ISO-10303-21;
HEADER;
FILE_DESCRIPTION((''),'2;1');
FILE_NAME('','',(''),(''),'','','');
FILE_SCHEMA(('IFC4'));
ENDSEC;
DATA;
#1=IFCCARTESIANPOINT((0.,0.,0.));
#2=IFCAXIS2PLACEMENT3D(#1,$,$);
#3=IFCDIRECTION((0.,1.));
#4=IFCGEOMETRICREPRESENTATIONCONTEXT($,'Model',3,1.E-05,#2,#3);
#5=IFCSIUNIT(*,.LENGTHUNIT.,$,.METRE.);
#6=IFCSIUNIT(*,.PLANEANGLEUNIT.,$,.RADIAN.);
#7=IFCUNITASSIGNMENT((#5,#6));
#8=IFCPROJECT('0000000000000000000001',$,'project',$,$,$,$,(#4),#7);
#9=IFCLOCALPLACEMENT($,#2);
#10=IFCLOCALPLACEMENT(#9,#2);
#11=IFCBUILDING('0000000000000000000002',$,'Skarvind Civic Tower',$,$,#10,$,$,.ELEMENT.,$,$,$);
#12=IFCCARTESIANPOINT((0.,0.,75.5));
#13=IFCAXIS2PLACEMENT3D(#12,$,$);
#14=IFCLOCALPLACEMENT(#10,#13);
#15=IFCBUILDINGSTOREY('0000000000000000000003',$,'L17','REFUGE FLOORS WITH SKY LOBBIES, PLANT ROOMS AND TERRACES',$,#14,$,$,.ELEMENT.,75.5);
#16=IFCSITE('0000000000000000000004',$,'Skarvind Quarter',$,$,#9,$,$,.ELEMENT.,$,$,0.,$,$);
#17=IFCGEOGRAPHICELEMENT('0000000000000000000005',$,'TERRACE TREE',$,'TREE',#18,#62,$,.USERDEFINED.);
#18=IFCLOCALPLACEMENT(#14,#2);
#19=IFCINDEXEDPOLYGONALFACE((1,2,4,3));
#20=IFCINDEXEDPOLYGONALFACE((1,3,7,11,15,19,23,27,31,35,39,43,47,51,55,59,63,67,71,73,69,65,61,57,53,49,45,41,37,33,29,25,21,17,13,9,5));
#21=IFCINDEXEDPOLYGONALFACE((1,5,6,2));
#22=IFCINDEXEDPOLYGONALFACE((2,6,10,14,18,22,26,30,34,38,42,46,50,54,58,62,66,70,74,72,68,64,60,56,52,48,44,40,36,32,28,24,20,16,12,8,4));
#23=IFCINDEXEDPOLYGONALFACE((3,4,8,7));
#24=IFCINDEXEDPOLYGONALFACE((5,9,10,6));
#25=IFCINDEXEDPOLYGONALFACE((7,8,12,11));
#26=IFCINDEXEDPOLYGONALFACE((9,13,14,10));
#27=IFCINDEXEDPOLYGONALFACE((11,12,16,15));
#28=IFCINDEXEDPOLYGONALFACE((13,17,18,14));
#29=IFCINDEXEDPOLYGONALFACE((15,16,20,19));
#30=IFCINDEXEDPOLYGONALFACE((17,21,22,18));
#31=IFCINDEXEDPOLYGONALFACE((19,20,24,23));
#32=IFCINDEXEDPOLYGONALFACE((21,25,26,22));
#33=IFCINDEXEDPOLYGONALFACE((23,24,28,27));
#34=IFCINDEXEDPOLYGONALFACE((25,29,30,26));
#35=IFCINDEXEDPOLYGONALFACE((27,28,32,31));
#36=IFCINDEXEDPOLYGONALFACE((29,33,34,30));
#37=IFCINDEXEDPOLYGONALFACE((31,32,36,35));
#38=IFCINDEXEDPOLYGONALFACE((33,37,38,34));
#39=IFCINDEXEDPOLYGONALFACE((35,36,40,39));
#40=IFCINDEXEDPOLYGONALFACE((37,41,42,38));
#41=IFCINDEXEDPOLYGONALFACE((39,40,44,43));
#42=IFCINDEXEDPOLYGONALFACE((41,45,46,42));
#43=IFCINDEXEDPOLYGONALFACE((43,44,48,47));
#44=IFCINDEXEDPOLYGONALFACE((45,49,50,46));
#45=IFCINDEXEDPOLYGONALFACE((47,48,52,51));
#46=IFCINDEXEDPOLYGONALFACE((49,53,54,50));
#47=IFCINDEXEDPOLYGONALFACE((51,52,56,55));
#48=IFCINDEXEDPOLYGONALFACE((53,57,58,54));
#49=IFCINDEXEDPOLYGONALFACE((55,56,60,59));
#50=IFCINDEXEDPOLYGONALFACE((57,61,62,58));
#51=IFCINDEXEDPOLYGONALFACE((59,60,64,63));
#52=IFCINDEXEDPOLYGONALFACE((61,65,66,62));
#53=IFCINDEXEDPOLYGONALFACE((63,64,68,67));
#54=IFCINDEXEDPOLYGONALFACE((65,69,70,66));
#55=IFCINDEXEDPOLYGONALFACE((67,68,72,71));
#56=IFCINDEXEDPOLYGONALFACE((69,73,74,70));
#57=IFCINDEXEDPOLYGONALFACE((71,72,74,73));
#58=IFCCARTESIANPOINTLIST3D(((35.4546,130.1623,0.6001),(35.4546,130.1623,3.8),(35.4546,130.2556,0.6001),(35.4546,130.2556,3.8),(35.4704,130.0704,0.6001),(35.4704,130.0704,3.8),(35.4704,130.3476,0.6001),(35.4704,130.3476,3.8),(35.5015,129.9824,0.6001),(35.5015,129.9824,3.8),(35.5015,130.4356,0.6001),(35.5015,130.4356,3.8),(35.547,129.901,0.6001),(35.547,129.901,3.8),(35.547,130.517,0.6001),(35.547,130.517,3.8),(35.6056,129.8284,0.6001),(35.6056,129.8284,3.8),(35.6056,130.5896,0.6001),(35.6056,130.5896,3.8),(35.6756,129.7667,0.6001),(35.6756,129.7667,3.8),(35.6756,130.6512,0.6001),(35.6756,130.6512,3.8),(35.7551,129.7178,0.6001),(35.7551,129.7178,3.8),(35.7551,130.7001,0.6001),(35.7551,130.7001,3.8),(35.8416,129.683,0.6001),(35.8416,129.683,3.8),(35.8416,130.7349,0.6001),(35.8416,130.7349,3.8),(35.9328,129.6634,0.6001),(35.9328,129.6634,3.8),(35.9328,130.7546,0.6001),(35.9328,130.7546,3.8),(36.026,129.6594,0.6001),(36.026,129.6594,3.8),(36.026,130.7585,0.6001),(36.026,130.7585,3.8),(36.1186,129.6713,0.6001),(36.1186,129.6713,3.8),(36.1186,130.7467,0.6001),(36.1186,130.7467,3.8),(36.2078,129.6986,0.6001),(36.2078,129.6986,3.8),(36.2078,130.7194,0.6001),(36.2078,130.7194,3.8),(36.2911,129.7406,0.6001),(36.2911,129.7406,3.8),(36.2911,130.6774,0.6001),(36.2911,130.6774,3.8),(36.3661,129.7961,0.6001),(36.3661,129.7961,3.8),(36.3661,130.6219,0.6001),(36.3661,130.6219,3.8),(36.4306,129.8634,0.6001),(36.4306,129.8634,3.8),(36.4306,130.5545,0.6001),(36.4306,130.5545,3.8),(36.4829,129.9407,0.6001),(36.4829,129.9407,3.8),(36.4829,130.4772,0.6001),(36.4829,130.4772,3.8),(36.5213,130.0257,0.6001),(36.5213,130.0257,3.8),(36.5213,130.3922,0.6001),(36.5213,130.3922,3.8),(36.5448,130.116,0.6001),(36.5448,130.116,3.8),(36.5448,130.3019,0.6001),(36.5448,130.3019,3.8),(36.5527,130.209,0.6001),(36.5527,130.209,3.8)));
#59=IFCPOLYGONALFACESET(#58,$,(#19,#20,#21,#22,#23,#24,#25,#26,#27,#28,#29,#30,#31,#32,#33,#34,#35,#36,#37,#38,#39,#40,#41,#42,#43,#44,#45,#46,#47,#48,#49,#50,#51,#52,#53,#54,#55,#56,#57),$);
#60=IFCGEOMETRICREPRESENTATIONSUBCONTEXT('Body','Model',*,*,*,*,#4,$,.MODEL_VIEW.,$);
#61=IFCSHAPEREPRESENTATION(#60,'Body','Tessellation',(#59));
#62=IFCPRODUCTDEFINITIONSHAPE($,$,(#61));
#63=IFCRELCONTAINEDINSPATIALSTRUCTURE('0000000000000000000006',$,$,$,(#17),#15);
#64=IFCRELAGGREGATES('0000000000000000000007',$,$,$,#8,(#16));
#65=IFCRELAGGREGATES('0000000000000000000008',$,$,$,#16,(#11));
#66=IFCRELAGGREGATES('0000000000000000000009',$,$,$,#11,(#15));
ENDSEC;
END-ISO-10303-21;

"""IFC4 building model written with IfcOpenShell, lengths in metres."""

from ifc_helpers import new_model, si_unit, direction, frame, origin, origin_2d, place, context, subcontext, project, spatial, circle, extrude, element, save


model = new_model("IFC4")

# Units and contexts
model_context = context("Model", 3, precision=1e-05, world=origin(), true_north=direction((0.0, 1.0)))
body_context = subcontext(model_context, "Body", "Model", "MODEL_VIEW")
ifc_project = project(units=[si_unit("LENGTHUNIT", "METRE"), si_unit("PLANEANGLEUNIT", "RADIAN")], contexts=[model_context])

# Site, building, storey
site_placement = place(None, origin())
site = spatial("IfcSite", under=ifc_project, at=site_placement, Name="Skarvind Quarter", CompositionType="ELEMENT", RefElevation=0.0)
building_placement = place(site_placement, origin())
building = spatial("IfcBuilding", under=site, at=building_placement, Name="Skarvind Civic Tower", CompositionType="ELEMENT")
storey_placement = place(building_placement, frame((0.0, 0.0, 75.5)))
storey = spatial("IfcBuildingStorey", under=building, at=storey_placement, Name="L17", Description="REFUGE FLOORS WITH SKY LOBBIES, PLANT ROOMS AND TERRACES", CompositionType="ELEMENT", Elevation=75.5)

# Geographic element
for number, where, z_axis, x_axis, name in (
    (1, (36.0027, 130.209, 0.6001), (0.0, 0.0, 1.0), (1.0, 0.0, 0.0), "TERRACE TREE"),
):
    element("IfcGeographicElement", number, at=place(storey_placement, frame(where, z_axis=z_axis, x_axis=x_axis)), inside=storey, Name=name, ObjectType="TREE", PredefinedType="USERDEFINED", context=body_context, shape_type="SweptSolid", body=[
        extrude(circle(Radius=0.55, at=origin_2d()), origin(), (0.0, 0.0, 1.0), 3.2),
    ])

save(model, "model.ifc")
